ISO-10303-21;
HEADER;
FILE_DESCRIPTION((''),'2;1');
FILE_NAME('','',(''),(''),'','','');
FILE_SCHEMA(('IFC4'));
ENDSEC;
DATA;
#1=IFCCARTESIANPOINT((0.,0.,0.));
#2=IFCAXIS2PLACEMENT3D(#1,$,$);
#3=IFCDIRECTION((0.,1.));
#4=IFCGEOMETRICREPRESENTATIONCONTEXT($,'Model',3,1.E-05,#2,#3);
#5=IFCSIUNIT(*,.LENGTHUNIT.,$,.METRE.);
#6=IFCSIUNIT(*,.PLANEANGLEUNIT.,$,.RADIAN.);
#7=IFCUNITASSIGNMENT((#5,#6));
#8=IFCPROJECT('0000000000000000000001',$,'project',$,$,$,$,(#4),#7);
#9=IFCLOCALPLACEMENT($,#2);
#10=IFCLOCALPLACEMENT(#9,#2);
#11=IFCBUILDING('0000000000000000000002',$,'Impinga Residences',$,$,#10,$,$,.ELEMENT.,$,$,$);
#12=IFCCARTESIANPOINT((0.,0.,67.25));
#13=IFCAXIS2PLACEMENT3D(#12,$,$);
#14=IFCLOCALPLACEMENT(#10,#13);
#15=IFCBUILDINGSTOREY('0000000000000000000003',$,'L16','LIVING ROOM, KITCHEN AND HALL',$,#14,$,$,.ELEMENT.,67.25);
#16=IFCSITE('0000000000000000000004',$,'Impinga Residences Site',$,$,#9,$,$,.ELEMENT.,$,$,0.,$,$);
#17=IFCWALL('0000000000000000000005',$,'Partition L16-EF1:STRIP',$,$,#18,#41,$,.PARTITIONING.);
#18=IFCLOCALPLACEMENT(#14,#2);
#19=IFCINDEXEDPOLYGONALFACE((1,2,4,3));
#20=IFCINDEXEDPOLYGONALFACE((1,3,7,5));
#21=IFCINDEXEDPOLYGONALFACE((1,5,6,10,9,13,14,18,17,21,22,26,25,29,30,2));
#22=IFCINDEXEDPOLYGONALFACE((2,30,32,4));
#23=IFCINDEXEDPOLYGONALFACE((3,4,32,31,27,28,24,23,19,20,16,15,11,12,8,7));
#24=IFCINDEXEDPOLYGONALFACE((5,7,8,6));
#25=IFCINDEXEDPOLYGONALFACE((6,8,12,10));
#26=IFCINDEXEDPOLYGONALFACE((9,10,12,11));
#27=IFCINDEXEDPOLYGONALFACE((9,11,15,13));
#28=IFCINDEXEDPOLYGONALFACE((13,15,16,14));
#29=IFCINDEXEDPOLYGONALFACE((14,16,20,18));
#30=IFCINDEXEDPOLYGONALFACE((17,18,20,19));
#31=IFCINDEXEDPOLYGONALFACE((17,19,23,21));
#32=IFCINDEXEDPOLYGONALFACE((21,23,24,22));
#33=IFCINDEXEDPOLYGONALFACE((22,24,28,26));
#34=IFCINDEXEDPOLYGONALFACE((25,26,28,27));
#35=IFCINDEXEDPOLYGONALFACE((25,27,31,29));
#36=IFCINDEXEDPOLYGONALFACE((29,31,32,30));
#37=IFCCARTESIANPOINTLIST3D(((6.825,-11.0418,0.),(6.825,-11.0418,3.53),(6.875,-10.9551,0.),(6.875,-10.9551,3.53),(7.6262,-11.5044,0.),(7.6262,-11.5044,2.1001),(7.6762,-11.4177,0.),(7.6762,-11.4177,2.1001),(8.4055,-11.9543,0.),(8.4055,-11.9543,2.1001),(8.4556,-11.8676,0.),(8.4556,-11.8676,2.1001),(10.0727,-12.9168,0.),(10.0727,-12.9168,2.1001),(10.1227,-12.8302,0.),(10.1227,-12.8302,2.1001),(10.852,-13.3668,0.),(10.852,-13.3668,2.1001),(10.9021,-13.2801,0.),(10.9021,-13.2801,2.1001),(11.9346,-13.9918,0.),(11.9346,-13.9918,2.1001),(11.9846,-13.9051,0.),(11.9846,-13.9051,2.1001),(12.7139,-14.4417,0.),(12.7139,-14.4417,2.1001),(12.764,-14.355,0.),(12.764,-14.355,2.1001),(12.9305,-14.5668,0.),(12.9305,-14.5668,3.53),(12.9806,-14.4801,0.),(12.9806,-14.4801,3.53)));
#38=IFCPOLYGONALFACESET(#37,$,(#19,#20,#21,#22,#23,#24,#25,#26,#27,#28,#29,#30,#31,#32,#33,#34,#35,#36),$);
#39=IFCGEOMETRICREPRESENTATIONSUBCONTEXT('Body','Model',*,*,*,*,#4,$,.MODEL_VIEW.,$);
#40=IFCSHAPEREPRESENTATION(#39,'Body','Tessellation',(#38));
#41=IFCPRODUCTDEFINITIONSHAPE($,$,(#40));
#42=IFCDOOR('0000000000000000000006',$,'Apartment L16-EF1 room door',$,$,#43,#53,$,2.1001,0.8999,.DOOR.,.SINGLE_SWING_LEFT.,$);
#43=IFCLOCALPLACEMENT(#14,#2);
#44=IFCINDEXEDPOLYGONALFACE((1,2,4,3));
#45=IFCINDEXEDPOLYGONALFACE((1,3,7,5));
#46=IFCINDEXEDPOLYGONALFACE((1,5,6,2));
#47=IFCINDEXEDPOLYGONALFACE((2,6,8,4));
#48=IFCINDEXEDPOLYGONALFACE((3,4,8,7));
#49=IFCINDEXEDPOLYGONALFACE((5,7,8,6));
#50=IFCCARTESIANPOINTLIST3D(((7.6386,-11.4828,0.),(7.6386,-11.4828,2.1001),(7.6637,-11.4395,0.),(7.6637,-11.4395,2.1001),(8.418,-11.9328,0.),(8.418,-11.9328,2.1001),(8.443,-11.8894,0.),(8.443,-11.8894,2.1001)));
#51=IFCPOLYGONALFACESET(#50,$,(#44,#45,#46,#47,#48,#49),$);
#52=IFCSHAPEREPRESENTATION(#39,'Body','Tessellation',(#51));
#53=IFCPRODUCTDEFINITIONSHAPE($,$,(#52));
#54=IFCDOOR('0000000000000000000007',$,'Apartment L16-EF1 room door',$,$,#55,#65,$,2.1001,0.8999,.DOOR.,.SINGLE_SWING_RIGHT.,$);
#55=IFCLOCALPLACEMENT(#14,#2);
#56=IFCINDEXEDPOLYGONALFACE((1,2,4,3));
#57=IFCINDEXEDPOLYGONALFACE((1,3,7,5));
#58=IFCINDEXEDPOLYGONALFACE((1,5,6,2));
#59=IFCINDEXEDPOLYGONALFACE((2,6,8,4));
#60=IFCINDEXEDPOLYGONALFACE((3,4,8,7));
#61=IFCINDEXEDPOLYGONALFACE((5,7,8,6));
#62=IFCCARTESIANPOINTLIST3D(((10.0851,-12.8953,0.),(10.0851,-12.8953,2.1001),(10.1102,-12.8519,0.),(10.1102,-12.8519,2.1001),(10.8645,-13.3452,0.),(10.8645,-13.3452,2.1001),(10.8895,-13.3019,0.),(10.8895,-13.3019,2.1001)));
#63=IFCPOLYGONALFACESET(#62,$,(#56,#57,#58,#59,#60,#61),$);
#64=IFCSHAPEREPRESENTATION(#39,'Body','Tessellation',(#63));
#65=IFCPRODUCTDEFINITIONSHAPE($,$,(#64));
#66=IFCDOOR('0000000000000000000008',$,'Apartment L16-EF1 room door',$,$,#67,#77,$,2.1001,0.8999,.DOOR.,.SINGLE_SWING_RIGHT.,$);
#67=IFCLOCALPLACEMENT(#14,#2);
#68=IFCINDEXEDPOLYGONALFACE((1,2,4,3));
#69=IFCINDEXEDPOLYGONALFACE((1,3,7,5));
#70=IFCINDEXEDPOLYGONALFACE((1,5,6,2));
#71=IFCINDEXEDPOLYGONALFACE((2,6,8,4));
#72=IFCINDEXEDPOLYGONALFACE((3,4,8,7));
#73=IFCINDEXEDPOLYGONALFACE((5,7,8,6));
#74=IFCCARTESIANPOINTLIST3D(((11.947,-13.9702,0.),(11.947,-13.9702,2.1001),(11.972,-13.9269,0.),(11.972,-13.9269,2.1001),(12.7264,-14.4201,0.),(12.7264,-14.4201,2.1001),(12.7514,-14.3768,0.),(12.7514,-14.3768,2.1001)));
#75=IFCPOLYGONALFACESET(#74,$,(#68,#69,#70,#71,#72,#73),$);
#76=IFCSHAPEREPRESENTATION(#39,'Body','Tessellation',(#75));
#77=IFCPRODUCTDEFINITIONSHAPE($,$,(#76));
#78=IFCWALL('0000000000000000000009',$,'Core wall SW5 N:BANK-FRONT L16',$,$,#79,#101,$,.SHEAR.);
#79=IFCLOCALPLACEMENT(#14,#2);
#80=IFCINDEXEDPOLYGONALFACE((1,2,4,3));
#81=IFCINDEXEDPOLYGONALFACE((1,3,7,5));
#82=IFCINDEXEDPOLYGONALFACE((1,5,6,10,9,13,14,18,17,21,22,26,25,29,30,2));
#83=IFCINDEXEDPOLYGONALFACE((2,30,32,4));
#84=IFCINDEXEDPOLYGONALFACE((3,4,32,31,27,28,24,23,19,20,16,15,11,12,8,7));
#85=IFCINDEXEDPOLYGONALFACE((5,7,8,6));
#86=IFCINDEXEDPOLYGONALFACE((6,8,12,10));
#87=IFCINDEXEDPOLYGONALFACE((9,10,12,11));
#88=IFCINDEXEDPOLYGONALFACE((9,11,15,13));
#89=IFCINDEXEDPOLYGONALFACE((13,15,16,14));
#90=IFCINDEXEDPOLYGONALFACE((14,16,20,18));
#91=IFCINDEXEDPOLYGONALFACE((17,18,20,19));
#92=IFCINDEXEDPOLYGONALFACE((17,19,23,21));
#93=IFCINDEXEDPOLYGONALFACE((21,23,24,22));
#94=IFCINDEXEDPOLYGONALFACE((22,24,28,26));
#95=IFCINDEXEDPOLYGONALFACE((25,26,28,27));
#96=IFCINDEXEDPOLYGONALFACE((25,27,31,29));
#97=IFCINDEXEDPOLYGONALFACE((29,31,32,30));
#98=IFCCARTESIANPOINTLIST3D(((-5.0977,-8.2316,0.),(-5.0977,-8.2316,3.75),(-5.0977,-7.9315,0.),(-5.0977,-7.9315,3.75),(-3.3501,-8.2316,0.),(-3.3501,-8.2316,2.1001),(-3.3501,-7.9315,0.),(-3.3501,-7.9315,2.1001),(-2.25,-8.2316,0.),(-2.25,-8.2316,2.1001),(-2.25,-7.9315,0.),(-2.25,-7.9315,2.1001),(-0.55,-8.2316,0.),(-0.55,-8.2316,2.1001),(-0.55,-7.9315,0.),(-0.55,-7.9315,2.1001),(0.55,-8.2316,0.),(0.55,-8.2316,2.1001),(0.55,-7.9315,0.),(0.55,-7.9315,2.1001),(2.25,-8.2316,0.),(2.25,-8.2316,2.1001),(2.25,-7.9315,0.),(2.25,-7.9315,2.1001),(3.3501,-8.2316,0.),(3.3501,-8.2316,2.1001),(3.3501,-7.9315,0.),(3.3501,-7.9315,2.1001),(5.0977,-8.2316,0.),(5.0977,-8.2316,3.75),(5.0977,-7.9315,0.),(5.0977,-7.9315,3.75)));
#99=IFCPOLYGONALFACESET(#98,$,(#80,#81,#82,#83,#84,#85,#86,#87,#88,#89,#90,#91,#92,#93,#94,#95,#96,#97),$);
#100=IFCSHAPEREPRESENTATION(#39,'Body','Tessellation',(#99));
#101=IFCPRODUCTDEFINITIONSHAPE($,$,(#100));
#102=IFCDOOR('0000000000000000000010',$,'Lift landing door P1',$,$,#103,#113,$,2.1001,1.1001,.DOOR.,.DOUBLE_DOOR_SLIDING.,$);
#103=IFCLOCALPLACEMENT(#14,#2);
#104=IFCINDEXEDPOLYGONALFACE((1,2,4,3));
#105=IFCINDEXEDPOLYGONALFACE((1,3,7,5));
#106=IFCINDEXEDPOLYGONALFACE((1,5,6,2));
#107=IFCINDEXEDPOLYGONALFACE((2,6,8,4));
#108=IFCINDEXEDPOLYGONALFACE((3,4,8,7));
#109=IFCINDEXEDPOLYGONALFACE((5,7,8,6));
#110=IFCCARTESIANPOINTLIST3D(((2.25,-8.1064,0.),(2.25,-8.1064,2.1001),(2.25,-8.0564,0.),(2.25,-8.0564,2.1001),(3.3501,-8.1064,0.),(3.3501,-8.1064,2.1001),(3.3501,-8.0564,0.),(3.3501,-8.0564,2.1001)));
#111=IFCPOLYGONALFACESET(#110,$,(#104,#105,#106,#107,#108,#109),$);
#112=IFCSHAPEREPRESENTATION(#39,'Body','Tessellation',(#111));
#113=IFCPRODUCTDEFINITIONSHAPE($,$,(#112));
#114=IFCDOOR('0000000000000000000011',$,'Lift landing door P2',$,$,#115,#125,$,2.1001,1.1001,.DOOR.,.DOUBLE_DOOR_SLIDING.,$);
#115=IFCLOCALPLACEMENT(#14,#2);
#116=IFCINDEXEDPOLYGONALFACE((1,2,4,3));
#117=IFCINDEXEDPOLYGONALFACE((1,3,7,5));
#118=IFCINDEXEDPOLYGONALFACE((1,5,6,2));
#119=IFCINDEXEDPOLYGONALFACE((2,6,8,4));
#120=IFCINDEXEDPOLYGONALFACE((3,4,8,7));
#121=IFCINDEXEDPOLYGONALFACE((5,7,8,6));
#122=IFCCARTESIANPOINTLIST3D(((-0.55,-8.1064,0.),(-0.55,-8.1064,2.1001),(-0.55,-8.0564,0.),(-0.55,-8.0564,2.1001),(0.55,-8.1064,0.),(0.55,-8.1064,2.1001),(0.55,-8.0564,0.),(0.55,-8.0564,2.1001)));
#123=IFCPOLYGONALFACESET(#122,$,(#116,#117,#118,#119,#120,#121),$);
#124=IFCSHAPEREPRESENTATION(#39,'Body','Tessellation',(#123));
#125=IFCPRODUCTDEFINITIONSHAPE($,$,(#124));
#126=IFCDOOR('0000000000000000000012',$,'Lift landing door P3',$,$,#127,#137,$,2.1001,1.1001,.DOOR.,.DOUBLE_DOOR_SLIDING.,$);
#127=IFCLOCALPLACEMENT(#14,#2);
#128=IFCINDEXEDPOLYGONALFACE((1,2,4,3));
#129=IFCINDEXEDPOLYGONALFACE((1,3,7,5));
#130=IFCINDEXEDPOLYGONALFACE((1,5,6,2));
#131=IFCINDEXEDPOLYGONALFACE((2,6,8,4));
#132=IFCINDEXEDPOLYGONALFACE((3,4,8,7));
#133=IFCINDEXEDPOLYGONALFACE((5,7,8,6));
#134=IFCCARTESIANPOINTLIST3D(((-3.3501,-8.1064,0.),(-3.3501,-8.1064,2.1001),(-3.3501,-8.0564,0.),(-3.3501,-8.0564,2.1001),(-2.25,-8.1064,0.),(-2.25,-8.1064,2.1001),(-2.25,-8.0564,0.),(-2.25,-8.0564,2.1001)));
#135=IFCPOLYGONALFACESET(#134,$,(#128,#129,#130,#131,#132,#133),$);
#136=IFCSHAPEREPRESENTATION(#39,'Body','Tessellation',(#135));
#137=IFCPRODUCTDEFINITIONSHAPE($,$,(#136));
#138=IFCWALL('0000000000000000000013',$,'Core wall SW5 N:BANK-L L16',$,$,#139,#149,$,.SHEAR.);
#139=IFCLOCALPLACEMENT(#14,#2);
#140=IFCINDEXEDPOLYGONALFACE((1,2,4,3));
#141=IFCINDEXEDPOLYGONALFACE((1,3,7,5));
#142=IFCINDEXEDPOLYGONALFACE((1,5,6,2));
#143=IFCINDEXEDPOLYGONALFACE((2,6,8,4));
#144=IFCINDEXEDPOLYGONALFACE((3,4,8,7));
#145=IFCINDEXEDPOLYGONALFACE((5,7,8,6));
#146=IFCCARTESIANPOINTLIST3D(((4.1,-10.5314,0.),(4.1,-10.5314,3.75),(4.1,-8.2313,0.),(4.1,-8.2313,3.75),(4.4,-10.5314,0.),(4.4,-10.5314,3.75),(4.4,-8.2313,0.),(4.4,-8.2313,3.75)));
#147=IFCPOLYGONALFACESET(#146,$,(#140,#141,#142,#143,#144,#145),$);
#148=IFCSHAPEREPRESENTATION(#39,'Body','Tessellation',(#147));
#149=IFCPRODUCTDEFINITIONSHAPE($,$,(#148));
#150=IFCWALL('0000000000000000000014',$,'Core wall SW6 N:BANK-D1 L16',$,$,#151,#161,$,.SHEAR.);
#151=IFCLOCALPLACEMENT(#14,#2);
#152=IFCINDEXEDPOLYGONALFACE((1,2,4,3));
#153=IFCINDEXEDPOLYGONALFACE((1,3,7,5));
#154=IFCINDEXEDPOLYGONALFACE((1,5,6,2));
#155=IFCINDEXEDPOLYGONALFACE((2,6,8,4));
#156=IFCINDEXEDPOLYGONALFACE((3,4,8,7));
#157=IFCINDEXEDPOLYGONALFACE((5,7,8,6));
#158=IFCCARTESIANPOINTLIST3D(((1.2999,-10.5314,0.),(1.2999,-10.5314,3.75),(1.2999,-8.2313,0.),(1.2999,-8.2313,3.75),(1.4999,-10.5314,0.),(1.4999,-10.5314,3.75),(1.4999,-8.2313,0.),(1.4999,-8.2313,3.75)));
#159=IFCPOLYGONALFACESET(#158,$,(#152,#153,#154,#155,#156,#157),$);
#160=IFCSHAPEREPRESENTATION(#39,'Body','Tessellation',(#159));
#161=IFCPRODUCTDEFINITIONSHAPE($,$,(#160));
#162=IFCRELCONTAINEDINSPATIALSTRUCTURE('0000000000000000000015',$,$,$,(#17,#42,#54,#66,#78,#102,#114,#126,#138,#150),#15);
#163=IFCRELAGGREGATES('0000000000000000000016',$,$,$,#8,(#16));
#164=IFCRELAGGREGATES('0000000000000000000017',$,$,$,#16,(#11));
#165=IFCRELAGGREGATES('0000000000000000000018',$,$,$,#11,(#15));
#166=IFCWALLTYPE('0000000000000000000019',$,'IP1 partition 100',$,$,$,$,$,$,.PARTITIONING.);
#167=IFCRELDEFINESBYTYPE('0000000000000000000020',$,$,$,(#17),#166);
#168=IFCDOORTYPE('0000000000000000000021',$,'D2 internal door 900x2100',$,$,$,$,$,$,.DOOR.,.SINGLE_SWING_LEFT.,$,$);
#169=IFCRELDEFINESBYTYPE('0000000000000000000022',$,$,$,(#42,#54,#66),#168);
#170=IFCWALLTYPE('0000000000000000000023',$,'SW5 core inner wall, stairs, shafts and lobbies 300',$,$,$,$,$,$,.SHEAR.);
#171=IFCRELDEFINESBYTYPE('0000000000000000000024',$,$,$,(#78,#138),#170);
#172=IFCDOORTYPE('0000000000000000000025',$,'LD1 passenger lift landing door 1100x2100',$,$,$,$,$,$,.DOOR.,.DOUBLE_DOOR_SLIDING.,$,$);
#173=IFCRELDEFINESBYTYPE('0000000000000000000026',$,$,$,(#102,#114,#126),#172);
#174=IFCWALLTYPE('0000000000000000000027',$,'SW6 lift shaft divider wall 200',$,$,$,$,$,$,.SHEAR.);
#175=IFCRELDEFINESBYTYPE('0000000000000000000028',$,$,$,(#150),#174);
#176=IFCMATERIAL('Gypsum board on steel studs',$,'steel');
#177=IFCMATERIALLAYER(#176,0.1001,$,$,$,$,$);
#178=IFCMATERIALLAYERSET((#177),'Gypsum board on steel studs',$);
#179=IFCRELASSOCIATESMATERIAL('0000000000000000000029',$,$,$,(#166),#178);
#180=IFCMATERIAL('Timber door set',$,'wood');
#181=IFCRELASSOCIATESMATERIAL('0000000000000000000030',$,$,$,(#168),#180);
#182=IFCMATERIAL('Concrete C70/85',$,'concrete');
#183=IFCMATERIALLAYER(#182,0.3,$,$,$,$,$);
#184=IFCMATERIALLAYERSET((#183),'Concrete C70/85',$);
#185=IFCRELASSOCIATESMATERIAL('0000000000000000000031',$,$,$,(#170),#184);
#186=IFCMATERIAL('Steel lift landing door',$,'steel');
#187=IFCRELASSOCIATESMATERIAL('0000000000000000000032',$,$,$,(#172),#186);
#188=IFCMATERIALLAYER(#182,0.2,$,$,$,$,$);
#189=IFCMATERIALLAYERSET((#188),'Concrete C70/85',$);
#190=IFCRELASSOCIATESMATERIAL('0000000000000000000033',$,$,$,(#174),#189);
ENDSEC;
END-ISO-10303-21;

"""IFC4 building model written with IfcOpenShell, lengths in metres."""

from ifc_helpers import new_model, si_unit, direction, frame, frame_2d, origin, place, context, subcontext, project, spatial, rectangle, extrude, material, layer, layer_set, type_object, element, fill, save


model = new_model("IFC4")

# Units and contexts
model_context = context("Model", 3, precision=1e-05, world=origin(), true_north=direction((0.0, 1.0)))
body_context = subcontext(model_context, "Body", "Model", "MODEL_VIEW")
ifc_project = project(units=[si_unit("LENGTHUNIT", "METRE"), si_unit("PLANEANGLEUNIT", "RADIAN")], contexts=[model_context])

# Site, building, storey
site_placement = place(None, origin())
site = spatial("IfcSite", under=ifc_project, at=site_placement, Name="Impinga Residences Site", CompositionType="ELEMENT", RefElevation=0.0)
building_placement = place(site_placement, origin())
building = spatial("IfcBuilding", under=site, at=building_placement, Name="Impinga Residences", CompositionType="ELEMENT")
storey_placement = place(building_placement, frame((0.0, 0.0, 67.25)))
storey = spatial("IfcBuildingStorey", under=building, at=storey_placement, Name="L16", Description="LIVING ROOM, KITCHEN AND HALL", CompositionType="ELEMENT", Elevation=67.25)

# Shared definitions
ifc_material_1 = material(Name="Concrete C70/85", Category="concrete")

# Shared definitions
ifc_material_2 = material(Name="Timber door set", Category="wood")

# Shared definitions
ifc_material_3 = material(Name="Gypsum board on steel studs", Category="steel")
ifc_layer_1 = layer(ifc_material_3, 0.1001)
ifc_layer_set_1 = layer_set([ifc_layer_1], Name="Gypsum board on steel studs")
wall_type_1 = type_object("IfcWallType", Name="IP1 partition 100", PredefinedType="PARTITIONING", material=ifc_layer_set_1)

# Walls, openings, doors
wall_1_placement = place(storey_placement, frame((6.8501, -10.9985, 0.0), z_axis=(0.0, 0.0, 1.0), x_axis=(0.866031, -0.49999, 0.0)))
wall_1 = element("IfcWall", 1, at=wall_1_placement, inside=storey, type_object=wall_type_1, Name="Partition L16-EF1:STRIP", PredefinedType="PARTITIONING", context=body_context, shape_type="SweptSolid", body=[
    extrude(rectangle(XDim=7.05, YDim=0.1001, at=frame_2d((3.5249, 0.0))), origin(), (0.0, 0.0, 1.0), 3.53),
])
opening_1_placement = place(wall_1_placement, frame((0.925, 0.0, 0.0)))
opening_1 = element("IfcOpeningElement", 2, at=opening_1_placement, cuts=wall_1, PredefinedType="OPENING", context=body_context, shape_type="SweptSolid", body=[
    extrude(rectangle(XDim=0.8999, YDim=2.1001, at=frame_2d((0.45, 1.05))), frame((0.0, 0.0601, 0.0), z_axis=(0.0, -1.0, 0.0), x_axis=(1.0, 0.0, 0.0)), (0.0, 0.0, 1.0), 0.1201),
])
opening_2_placement = place(wall_1_placement, frame((3.75, 0.0, 0.0)))
opening_2 = element("IfcOpeningElement", 3, at=opening_2_placement, cuts=wall_1, PredefinedType="OPENING", context=body_context, shape_type="SweptSolid", body=[
    extrude(rectangle(XDim=0.8999, YDim=2.1001, at=frame_2d((0.45, 1.05))), frame((0.0, 0.0601, 0.0), z_axis=(0.0, -1.0, 0.0), x_axis=(1.0, 0.0, 0.0)), (0.0, 0.0, 1.0), 0.1201),
])
opening_3_placement = place(wall_1_placement, frame((5.8999, 0.0, 0.0)))
opening_3 = element("IfcOpeningElement", 4, at=opening_3_placement, cuts=wall_1, PredefinedType="OPENING", context=body_context, shape_type="SweptSolid", body=[
    extrude(rectangle(XDim=0.8999, YDim=2.1001, at=frame_2d((0.45, 1.05))), frame((0.0, 0.0601, 0.0), z_axis=(0.0, -1.0, 0.0), x_axis=(1.0, 0.0, 0.0)), (0.0, 0.0, 1.0), 0.1201),
])
door_type_1 = type_object("IfcDoorType", Name="D2 internal door 900x2100", OperationType="SINGLE_SWING_LEFT", PredefinedType="DOOR", material=ifc_material_2)
door_1_placement = place(opening_1_placement, origin())
door_1 = element("IfcDoor", 5, at=door_1_placement, inside=storey, type_object=door_type_1, Name="Apartment L16-EF1 room door", OperationType="SINGLE_SWING_LEFT", OverallHeight=2.1001, OverallWidth=0.8999, PredefinedType="DOOR", context=body_context, shape_type="SweptSolid", body=[
    extrude(rectangle(XDim=0.8999, YDim=2.1001, at=frame_2d((0.45, 1.05))), frame((0.0, 0.0249, 0.0), z_axis=(0.0, -1.0, 0.0), x_axis=(1.0, 0.0, 0.0)), (0.0, 0.0, 1.0), 0.05),
])
fill(opening_1, door_1)
door_2_placement = place(opening_2_placement, origin())
door_2 = element("IfcDoor", 6, at=door_2_placement, inside=storey, type_object=door_type_1, Name="Apartment L16-EF1 room door", OperationType="SINGLE_SWING_RIGHT", OverallHeight=2.1001, OverallWidth=0.8999, PredefinedType="DOOR", context=body_context, shape_type="SweptSolid", body=[
    extrude(rectangle(XDim=0.8999, YDim=2.1001, at=frame_2d((0.45, 1.05))), frame((0.0, 0.0249, 0.0), z_axis=(0.0, -1.0, 0.0), x_axis=(1.0, 0.0, 0.0)), (0.0, 0.0, 1.0), 0.05),
])
fill(opening_2, door_2)
door_3_placement = place(opening_3_placement, origin())
door_3 = element("IfcDoor", 7, at=door_3_placement, inside=storey, type_object=door_type_1, Name="Apartment L16-EF1 room door", OperationType="SINGLE_SWING_RIGHT", OverallHeight=2.1001, OverallWidth=0.8999, PredefinedType="DOOR", context=body_context, shape_type="SweptSolid", body=[
    extrude(rectangle(XDim=0.8999, YDim=2.1001, at=frame_2d((0.45, 1.05))), frame((0.0, 0.0249, 0.0), z_axis=(0.0, -1.0, 0.0), x_axis=(1.0, 0.0, 0.0)), (0.0, 0.0, 1.0), 0.05),
])
fill(opening_3, door_3)
ifc_layer_2 = layer(ifc_material_1, 0.3)
ifc_layer_set_2 = layer_set([ifc_layer_2], Name="Concrete C70/85")
wall_type_2 = type_object("IfcWallType", Name="SW5 core inner wall, stairs, shafts and lobbies 300", PredefinedType="SHEAR", material=ifc_layer_set_2)
wall_2_placement = place(storey_placement, frame((5.0977, -8.0815, 0.0), z_axis=(0.0, 0.0, 1.0), x_axis=(-1.0, 0.0, 0.0)))
wall_2 = element("IfcWall", 8, at=wall_2_placement, inside=storey, type_object=wall_type_2, Name="Core wall SW5 N:BANK-FRONT L16", PredefinedType="SHEAR", context=body_context, shape_type="SweptSolid", body=[
    extrude(rectangle(XDim=10.1953, YDim=0.3, at=frame_2d((5.0977, 0.0))), origin(), (0.0, 0.0, 1.0), 3.75),
])
opening_4_placement = place(wall_2_placement, frame((1.7476, 0.0, 0.0)))
opening_4 = element("IfcOpeningElement", 9, at=opening_4_placement, cuts=wall_2, PredefinedType="OPENING", context=body_context, shape_type="SweptSolid", body=[
    extrude(rectangle(XDim=1.1001, YDim=2.1001, at=frame_2d((0.55, 1.05))), frame((0.0, 0.1599, 0.0), z_axis=(0.0, -1.0, 0.0), x_axis=(1.0, 0.0, 0.0)), (0.0, 0.0, 1.0), 0.3201),
])
opening_5_placement = place(wall_2_placement, frame((4.5476, 0.0, 0.0)))
opening_5 = element("IfcOpeningElement", 10, at=opening_5_placement, cuts=wall_2, PredefinedType="OPENING", context=body_context, shape_type="SweptSolid", body=[
    extrude(rectangle(XDim=1.1001, YDim=2.1001, at=frame_2d((0.55, 1.05))), frame((0.0, 0.1599, 0.0), z_axis=(0.0, -1.0, 0.0), x_axis=(1.0, 0.0, 0.0)), (0.0, 0.0, 1.0), 0.3201),
])
opening_6_placement = place(wall_2_placement, frame((7.3477, 0.0, 0.0)))
opening_6 = element("IfcOpeningElement", 11, at=opening_6_placement, cuts=wall_2, PredefinedType="OPENING", context=body_context, shape_type="SweptSolid", body=[
    extrude(rectangle(XDim=1.1001, YDim=2.1001, at=frame_2d((0.55, 1.05))), frame((0.0, 0.1599, 0.0), z_axis=(0.0, -1.0, 0.0), x_axis=(1.0, 0.0, 0.0)), (0.0, 0.0, 1.0), 0.3201),
])
ifc_material_4 = material(Name="Steel lift landing door", Category="steel")
door_type_2 = type_object("IfcDoorType", Name="LD1 passenger lift landing door 1100x2100", OperationType="DOUBLE_DOOR_SLIDING", PredefinedType="DOOR", material=ifc_material_4)
door_4_placement = place(opening_4_placement, origin())
door_4 = element("IfcDoor", 12, at=door_4_placement, inside=storey, type_object=door_type_2, Name="Lift landing door P1", OperationType="DOUBLE_DOOR_SLIDING", OverallHeight=2.1001, OverallWidth=1.1001, PredefinedType="DOOR", context=body_context, shape_type="SweptSolid", body=[
    extrude(rectangle(XDim=1.1001, YDim=2.1001, at=frame_2d((0.55, 1.05))), frame((0.0, 0.0249, 0.0), z_axis=(0.0, -1.0, 0.0), x_axis=(1.0, 0.0, 0.0)), (0.0, 0.0, 1.0), 0.05),
])
fill(opening_4, door_4)
door_5_placement = place(opening_5_placement, origin())
door_5 = element("IfcDoor", 13, at=door_5_placement, inside=storey, type_object=door_type_2, Name="Lift landing door P2", OperationType="DOUBLE_DOOR_SLIDING", OverallHeight=2.1001, OverallWidth=1.1001, PredefinedType="DOOR", context=body_context, shape_type="SweptSolid", body=[
    extrude(rectangle(XDim=1.1001, YDim=2.1001, at=frame_2d((0.55, 1.05))), frame((0.0, 0.0249, 0.0), z_axis=(0.0, -1.0, 0.0), x_axis=(1.0, 0.0, 0.0)), (0.0, 0.0, 1.0), 0.05),
])
fill(opening_5, door_5)
door_6_placement = place(opening_6_placement, origin())
door_6 = element("IfcDoor", 14, at=door_6_placement, inside=storey, type_object=door_type_2, Name="Lift landing door P3", OperationType="DOUBLE_DOOR_SLIDING", OverallHeight=2.1001, OverallWidth=1.1001, PredefinedType="DOOR", context=body_context, shape_type="SweptSolid", body=[
    extrude(rectangle(XDim=1.1001, YDim=2.1001, at=frame_2d((0.55, 1.05))), frame((0.0, 0.0249, 0.0), z_axis=(0.0, -1.0, 0.0), x_axis=(1.0, 0.0, 0.0)), (0.0, 0.0, 1.0), 0.05),
])
fill(opening_6, door_6)

# Walls
wall_3_placement = place(storey_placement, frame((4.25, -8.2314, 0.0), z_axis=(0.0, 0.0, 1.0), x_axis=(0.0, -1.0, 0.0)))
element("IfcWall", 15, at=wall_3_placement, inside=storey, type_object=wall_type_2, Name="Core wall SW5 N:BANK-L L16", PredefinedType="SHEAR", context=body_context, shape_type="SweptSolid", body=[
    extrude(rectangle(XDim=2.3, YDim=0.3, at=frame_2d((1.1499, 0.0))), origin(), (0.0, 0.0, 1.0), 3.75),
])
ifc_layer_3 = layer(ifc_material_1, 0.2)
ifc_layer_set_3 = layer_set([ifc_layer_3], Name="Concrete C70/85")
wall_type_3 = type_object("IfcWallType", Name="SW6 lift shaft divider wall 200", PredefinedType="SHEAR", material=ifc_layer_set_3)
wall_4_placement = place(storey_placement, frame((1.3999, -8.2314, 0.0), z_axis=(0.0, 0.0, 1.0), x_axis=(0.0, -1.0, 0.0)))
element("IfcWall", 16, at=wall_4_placement, inside=storey, type_object=wall_type_3, Name="Core wall SW6 N:BANK-D1 L16", PredefinedType="SHEAR", context=body_context, shape_type="SweptSolid", body=[
    extrude(rectangle(XDim=2.3, YDim=0.2, at=frame_2d((1.1499, 0.0))), origin(), (0.0, 0.0, 1.0), 3.75),
])

save(model, "model.ifc")
